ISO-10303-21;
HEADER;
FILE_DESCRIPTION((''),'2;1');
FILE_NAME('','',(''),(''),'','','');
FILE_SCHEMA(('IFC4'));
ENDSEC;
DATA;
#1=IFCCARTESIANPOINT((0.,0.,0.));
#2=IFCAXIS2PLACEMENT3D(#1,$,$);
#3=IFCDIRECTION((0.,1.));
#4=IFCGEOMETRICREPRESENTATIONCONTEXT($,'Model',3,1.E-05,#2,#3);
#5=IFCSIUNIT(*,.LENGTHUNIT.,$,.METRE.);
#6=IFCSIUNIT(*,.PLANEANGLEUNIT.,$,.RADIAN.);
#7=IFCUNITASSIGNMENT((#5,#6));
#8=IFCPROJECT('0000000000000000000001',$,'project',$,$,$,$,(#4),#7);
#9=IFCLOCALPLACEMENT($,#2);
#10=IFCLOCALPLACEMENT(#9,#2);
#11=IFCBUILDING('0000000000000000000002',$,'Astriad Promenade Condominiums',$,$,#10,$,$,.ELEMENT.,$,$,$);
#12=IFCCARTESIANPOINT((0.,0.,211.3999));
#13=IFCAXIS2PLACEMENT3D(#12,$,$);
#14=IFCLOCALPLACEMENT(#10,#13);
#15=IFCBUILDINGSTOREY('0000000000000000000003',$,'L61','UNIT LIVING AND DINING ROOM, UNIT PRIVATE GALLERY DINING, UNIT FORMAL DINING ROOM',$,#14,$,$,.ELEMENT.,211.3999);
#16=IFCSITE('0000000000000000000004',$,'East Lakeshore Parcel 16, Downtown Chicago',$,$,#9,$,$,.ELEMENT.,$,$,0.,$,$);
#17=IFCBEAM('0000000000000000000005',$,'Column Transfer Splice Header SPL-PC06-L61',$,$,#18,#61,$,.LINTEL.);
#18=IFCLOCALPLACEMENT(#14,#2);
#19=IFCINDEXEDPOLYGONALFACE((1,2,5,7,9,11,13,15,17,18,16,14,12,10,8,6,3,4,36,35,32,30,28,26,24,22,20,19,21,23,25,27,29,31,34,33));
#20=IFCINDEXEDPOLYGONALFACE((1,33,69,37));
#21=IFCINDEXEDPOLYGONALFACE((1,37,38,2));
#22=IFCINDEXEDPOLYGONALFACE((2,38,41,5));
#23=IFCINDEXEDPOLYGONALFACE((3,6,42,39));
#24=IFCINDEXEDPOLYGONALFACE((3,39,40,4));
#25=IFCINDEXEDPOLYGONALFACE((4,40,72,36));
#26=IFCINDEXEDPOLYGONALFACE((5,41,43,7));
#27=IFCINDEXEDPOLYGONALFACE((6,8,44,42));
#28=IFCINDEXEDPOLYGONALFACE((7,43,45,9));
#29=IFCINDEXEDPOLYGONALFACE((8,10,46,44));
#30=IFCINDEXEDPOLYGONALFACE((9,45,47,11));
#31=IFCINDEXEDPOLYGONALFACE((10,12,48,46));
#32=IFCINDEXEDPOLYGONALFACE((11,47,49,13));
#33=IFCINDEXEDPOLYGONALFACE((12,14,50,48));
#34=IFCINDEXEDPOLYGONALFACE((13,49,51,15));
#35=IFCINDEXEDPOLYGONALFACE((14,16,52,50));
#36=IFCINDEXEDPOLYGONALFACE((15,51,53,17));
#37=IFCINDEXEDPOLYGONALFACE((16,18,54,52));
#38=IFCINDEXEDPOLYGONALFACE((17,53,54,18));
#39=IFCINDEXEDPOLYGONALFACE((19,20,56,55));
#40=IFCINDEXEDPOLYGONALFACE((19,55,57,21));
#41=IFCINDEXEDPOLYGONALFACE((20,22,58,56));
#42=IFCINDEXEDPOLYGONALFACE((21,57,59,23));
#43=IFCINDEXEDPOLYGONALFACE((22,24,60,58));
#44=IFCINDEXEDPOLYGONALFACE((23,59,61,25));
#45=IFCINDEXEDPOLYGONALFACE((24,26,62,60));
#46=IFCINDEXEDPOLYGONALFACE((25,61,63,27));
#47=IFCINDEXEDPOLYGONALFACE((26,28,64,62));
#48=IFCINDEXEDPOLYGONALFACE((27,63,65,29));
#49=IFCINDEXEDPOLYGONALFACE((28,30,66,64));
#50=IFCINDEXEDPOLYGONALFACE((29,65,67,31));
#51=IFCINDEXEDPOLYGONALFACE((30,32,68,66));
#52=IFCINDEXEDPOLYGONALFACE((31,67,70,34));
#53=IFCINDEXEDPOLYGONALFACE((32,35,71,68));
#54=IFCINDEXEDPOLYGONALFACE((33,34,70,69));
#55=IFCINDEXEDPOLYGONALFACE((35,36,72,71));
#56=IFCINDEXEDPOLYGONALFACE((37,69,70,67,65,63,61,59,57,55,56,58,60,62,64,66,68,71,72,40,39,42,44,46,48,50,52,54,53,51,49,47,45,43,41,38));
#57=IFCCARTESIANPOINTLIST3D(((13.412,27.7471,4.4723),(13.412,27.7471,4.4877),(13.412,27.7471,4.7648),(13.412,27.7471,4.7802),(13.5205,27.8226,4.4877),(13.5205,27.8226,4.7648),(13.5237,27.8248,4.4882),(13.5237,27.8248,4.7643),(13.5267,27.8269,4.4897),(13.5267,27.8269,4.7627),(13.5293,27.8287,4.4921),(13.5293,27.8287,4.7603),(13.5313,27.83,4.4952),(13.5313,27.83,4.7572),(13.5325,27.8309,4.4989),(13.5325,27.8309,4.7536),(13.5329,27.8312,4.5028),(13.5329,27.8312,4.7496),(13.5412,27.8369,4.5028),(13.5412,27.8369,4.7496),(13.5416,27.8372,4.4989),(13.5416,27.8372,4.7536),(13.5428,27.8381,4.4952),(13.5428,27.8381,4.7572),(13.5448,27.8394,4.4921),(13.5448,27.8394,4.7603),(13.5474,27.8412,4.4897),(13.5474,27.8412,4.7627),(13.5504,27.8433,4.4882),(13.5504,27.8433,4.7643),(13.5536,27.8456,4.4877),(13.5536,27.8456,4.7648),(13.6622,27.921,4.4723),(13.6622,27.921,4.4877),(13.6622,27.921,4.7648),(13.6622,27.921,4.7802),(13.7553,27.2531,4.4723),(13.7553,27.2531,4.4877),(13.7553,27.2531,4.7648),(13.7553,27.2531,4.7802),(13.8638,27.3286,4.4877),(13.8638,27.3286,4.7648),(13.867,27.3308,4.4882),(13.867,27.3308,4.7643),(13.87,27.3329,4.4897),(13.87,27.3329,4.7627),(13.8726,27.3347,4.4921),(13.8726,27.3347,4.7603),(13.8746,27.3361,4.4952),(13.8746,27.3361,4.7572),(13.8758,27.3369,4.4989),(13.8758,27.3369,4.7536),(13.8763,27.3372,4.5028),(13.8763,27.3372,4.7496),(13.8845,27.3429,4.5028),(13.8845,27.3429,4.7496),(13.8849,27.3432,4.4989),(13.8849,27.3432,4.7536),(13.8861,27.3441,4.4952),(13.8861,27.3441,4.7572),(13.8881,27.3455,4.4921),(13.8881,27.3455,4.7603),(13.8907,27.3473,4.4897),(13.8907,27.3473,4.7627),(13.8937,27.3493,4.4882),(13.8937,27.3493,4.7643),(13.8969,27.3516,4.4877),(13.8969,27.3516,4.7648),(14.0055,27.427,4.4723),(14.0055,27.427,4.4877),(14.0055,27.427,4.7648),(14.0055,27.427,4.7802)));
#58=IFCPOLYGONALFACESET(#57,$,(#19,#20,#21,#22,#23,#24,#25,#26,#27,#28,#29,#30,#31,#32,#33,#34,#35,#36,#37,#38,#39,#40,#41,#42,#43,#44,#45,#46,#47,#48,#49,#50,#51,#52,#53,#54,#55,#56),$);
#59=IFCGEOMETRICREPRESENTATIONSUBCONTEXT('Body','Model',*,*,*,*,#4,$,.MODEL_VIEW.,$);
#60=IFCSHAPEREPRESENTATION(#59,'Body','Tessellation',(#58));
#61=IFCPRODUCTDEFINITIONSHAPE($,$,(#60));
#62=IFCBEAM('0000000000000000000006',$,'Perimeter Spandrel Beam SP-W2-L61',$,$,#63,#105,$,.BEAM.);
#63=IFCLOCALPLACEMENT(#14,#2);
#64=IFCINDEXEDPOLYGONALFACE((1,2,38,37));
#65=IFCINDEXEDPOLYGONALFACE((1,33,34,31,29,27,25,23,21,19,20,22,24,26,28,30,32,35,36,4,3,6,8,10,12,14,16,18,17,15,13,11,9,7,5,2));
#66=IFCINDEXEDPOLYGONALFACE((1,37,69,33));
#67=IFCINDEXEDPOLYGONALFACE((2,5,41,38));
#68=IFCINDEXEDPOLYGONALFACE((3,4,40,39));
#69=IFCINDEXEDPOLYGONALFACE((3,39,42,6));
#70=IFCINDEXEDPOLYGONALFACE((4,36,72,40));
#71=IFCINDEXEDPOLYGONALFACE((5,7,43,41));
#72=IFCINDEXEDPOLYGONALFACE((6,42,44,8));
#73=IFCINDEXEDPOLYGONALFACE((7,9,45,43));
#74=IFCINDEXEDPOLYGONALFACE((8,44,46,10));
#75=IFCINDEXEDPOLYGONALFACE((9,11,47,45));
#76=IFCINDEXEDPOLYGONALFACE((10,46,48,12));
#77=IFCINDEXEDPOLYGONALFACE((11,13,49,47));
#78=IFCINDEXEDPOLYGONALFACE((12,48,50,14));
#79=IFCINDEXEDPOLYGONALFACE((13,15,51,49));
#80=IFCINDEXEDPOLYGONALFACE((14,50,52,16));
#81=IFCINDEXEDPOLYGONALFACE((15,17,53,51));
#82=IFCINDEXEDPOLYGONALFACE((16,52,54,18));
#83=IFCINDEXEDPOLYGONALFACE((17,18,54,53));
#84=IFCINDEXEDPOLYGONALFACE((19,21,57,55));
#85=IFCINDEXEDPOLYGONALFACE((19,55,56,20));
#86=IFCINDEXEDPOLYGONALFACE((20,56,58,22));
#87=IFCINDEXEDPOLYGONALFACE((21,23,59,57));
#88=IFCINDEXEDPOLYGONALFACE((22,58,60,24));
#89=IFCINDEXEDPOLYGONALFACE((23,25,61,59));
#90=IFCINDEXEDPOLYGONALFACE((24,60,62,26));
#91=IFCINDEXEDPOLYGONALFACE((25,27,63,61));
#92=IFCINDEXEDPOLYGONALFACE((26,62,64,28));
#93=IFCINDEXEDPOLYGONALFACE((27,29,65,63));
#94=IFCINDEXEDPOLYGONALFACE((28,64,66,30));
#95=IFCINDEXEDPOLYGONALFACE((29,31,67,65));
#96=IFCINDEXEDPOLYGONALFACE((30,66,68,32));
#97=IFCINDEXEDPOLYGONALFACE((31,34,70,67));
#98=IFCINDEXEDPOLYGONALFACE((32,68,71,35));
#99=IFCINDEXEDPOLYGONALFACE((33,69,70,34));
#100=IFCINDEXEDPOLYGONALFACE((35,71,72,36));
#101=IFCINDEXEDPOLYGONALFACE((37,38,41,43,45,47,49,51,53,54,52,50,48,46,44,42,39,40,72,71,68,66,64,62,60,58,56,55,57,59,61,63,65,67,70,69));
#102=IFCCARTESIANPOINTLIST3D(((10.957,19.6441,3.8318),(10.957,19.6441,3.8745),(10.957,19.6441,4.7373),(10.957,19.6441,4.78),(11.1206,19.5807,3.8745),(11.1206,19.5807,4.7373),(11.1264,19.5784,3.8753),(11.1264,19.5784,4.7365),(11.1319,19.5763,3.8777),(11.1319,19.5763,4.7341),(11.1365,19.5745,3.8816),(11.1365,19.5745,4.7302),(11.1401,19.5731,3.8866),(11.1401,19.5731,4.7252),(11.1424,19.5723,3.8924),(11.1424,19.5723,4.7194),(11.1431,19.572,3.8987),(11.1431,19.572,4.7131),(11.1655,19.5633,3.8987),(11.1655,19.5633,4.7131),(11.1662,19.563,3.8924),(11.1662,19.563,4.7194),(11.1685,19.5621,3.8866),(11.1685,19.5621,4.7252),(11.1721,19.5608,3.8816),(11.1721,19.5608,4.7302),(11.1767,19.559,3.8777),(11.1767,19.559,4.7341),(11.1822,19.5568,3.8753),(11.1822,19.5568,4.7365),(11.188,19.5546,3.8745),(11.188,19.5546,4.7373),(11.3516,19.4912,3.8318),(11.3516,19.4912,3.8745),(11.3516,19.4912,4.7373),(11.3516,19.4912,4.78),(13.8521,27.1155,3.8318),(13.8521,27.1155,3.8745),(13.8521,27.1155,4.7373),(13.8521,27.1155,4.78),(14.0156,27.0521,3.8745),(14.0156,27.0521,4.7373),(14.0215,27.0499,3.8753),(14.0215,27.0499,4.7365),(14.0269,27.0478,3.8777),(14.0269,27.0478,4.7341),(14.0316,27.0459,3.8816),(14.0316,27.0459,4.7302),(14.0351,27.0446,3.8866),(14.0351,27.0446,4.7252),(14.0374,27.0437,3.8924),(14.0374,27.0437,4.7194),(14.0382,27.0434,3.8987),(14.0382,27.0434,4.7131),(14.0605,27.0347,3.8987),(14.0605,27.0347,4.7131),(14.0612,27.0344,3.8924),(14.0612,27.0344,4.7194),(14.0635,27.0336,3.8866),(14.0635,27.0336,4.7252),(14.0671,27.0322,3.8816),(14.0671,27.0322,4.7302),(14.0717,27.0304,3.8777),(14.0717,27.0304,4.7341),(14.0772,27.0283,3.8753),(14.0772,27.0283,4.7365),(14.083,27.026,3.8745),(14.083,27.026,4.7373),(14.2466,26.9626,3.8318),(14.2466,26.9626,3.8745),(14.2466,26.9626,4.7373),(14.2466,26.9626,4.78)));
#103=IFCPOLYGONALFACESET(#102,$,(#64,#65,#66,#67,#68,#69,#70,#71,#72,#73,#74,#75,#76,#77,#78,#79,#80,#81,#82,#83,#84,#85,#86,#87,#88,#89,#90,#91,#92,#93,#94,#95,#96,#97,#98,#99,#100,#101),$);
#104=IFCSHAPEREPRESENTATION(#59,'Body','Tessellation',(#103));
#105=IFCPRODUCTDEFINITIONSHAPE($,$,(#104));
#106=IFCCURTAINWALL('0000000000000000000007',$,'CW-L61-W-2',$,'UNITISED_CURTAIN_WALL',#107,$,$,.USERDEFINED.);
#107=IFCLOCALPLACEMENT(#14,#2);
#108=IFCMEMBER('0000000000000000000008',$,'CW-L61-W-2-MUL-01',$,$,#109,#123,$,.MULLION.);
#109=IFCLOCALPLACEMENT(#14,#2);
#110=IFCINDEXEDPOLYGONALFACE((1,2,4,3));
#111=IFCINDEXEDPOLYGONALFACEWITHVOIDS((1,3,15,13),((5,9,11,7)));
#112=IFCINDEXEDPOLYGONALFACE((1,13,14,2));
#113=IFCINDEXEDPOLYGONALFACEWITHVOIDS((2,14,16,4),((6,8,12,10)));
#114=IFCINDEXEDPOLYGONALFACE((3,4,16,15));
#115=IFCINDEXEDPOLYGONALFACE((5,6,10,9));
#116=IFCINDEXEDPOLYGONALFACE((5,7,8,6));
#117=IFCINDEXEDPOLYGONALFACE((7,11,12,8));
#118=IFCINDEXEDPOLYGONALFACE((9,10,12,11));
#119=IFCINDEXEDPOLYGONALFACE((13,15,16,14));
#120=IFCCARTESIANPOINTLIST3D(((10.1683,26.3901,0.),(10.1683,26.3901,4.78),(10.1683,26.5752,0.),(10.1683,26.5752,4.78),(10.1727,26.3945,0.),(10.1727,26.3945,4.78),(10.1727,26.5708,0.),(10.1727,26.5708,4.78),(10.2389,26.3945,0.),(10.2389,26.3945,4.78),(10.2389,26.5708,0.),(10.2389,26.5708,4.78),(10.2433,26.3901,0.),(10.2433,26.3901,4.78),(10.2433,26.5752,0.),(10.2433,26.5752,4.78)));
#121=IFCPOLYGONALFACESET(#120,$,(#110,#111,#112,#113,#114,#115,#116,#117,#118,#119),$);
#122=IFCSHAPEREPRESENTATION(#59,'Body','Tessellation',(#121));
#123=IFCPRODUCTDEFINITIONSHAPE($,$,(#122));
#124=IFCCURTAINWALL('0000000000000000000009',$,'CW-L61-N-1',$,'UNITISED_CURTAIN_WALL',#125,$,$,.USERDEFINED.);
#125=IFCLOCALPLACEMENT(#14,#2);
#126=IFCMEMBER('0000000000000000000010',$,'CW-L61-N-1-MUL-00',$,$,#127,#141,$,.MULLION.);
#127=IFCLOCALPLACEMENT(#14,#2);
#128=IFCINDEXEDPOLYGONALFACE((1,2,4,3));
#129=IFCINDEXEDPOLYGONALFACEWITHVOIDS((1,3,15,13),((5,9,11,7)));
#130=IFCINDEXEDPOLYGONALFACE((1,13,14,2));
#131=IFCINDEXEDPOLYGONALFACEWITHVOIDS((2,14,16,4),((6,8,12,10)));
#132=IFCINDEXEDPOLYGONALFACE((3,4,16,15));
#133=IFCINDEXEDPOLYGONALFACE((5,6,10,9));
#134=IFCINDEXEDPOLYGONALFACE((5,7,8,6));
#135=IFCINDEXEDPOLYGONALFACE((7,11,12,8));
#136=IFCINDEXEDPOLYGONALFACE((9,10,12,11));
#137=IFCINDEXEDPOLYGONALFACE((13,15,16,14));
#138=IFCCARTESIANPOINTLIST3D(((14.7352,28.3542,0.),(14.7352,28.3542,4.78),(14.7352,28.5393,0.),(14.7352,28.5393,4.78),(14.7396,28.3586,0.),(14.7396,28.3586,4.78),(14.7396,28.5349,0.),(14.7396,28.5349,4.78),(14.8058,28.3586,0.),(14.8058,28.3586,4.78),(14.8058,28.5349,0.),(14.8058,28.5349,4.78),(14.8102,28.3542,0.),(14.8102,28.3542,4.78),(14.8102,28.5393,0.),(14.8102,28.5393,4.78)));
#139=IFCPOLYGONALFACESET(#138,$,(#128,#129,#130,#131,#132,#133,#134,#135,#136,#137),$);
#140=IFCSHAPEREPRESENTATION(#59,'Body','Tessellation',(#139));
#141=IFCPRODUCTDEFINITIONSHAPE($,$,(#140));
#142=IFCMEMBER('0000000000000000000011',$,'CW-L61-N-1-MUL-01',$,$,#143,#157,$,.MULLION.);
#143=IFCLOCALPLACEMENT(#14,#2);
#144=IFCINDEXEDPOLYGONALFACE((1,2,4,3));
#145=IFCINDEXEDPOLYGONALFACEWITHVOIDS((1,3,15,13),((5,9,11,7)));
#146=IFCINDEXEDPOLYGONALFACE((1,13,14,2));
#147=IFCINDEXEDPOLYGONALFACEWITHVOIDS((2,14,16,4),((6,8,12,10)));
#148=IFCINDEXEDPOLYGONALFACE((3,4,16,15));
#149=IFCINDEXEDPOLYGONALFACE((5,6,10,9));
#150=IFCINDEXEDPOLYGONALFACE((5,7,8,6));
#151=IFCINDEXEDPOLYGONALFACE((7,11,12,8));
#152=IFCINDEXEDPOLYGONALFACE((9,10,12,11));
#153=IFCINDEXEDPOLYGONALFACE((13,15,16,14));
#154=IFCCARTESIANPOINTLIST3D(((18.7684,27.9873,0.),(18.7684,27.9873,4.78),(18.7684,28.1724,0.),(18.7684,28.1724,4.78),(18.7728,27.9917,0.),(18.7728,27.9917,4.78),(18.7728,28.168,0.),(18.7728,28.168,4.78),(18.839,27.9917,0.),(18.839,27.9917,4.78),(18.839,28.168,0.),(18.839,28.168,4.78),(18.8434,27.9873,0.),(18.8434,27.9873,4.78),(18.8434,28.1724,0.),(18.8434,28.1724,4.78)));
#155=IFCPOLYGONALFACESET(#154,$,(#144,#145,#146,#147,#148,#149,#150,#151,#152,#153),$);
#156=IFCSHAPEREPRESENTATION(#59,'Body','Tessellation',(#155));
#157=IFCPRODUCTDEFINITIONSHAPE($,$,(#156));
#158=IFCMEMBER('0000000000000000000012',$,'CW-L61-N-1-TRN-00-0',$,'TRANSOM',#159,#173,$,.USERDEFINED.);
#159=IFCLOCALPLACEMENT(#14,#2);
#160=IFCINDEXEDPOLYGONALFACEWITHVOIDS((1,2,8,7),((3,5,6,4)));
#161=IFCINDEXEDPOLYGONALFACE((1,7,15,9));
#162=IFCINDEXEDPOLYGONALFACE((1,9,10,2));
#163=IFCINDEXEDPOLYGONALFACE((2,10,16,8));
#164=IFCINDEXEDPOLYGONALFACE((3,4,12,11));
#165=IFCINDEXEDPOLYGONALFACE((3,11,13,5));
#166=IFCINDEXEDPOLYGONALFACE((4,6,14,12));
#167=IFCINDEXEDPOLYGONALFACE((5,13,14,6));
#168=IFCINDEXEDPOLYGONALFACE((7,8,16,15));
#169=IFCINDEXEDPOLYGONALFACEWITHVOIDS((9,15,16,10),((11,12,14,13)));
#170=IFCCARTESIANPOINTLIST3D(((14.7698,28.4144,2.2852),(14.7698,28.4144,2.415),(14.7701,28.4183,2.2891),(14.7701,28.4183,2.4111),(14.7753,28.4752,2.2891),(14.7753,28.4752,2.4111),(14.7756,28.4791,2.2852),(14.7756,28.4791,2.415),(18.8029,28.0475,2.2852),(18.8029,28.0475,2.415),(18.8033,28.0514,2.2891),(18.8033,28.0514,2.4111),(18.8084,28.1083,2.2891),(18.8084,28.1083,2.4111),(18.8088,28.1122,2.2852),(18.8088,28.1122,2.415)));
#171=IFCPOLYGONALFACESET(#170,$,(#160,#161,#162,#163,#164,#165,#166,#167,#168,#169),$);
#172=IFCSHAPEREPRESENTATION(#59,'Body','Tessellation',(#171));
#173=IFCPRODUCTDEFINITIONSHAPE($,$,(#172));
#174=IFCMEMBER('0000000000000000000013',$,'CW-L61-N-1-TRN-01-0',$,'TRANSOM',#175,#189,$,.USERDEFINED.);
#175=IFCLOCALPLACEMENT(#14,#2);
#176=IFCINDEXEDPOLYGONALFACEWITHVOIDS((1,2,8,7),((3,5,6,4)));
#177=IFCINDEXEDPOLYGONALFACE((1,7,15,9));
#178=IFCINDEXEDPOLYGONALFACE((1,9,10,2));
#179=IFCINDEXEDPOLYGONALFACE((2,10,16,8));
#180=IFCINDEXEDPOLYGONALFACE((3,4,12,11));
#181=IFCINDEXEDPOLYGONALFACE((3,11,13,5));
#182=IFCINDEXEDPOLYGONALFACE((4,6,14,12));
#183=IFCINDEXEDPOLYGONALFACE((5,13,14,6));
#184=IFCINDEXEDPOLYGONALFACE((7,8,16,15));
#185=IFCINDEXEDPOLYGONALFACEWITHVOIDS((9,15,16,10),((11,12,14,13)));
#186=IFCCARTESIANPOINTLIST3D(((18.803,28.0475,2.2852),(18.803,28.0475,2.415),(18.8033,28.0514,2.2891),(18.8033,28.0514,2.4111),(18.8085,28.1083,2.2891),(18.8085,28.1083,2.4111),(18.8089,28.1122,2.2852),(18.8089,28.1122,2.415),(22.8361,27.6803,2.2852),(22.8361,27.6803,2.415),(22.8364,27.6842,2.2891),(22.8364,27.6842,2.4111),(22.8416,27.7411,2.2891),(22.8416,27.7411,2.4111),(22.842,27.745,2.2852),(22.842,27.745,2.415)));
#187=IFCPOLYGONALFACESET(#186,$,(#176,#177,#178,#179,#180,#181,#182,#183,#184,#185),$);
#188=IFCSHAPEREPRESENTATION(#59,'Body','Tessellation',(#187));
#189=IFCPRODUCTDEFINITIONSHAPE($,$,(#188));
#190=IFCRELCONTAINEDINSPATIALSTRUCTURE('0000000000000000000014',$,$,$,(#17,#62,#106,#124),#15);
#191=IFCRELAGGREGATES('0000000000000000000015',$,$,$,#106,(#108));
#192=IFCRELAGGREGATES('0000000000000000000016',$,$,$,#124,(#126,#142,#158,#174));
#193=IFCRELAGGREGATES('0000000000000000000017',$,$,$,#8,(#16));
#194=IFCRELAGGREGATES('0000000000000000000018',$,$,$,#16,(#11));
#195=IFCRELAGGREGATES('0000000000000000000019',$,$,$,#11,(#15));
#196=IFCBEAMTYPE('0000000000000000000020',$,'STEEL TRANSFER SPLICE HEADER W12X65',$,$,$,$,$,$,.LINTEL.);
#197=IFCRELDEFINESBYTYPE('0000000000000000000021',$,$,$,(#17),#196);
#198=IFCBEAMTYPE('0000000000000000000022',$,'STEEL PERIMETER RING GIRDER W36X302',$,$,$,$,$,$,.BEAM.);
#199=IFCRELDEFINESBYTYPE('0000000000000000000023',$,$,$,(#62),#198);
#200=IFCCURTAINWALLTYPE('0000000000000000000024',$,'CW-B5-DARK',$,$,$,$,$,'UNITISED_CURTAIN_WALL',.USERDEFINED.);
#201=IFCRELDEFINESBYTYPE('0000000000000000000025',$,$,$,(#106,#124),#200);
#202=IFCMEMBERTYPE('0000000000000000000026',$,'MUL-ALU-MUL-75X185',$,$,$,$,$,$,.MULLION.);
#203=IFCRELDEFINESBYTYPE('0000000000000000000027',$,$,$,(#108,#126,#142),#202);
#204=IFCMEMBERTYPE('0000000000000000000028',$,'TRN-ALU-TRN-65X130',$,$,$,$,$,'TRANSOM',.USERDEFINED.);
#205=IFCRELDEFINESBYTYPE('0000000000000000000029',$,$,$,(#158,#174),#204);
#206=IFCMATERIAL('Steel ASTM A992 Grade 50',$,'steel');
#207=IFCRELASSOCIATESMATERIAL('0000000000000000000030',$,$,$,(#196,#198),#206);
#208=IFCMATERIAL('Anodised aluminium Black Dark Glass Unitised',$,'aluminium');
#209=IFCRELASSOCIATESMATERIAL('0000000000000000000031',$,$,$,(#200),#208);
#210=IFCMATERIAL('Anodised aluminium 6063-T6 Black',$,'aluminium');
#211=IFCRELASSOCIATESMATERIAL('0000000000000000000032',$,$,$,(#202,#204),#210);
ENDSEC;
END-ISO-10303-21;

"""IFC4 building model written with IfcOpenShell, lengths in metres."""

from ifc_helpers import new_model, si_unit, direction, frame, origin, origin_2d, place, context, subcontext, project, spatial, hollow_rectangle, i_section, extrude, source, transform, mapped, material, material_profile, profile_set, type_object, type_shapes, element, aggregate, save


model = new_model("IFC4")

# Units and contexts
model_context = context("Model", 3, precision=1e-05, world=origin(), true_north=direction((0.0, 1.0)))
body_context = subcontext(model_context, "Body", "Model", "MODEL_VIEW")
ifc_project = project(units=[si_unit("LENGTHUNIT", "METRE"), si_unit("PLANEANGLEUNIT", "RADIAN")], contexts=[model_context])

# Site, building, storey
site_placement = place(None, origin())
site = spatial("IfcSite", under=ifc_project, at=site_placement, Name="East Lakeshore Parcel 16, Downtown Chicago", CompositionType="ELEMENT", RefElevation=0.0)
building_placement = place(site_placement, origin())
building = spatial("IfcBuilding", under=site, at=building_placement, Name="Astriad Promenade Condominiums", CompositionType="ELEMENT")
storey_placement = place(building_placement, frame((0.0, 0.0, 211.3999)))
storey = spatial("IfcBuildingStorey", under=building, at=storey_placement, Name="L61", Description="UNIT LIVING AND DINING ROOM, UNIT PRIVATE GALLERY DINING, UNIT FORMAL DINING ROOM", CompositionType="ELEMENT", Elevation=211.3999)

# Beams
ifc_material_1 = material(Name="Steel ASTM A992 Grade 50", Category="steel")
ifc_material_profile_1 = material_profile(ifc_material_1, i_section(OverallWidth=0.3047, OverallDepth=0.3079, WebThickness=0.01, FlangeThickness=0.0154, FilletRadius=0.0151, at=origin_2d()), Name="W12X65")
ifc_profile_set_1 = profile_set([ifc_material_profile_1], Name="Steel ASTM A992 Grade 50")
beam_type_1 = type_object("IfcBeamType", Name="STEEL TRANSFER SPLICE HEADER W12X65", PredefinedType="LINTEL", material=ifc_profile_set_1)
shared_shape_1 = source(origin(), body_context, "Body", "SweptSolid", [
    extrude(i_section(OverallWidth=0.3047, OverallDepth=0.3079, WebThickness=0.01, FlangeThickness=0.0154, FilletRadius=0.0151, at=origin_2d()), origin(), (0.0, 0.0, 1.0), 0.6016),
])
type_shapes(beam_type_1, [shared_shape_1])
beam_1_placement = place(storey_placement, frame((13.8804, 27.3401, 4.6262), z_axis=(-0.570708, 0.821153, 0.0), x_axis=(-0.821153, -0.570708, 0.0)))
element("IfcBeam", 1, at=beam_1_placement, inside=storey, type_object=beam_type_1, Name="Column Transfer Splice Header SPL-PC06-L61", PredefinedType="LINTEL", context=body_context, shape_type="MappedRepresentation", body=[
    mapped(shared_shape_1, transform((0.0, 0.0, 0.0), scale=1.0)),
])
ifc_material_profile_2 = material_profile(ifc_material_1, i_section(OverallWidth=0.4231, OverallDepth=0.9482, WebThickness=0.0239, FlangeThickness=0.0427, FilletRadius=0.0242, at=origin_2d()), Name="W36X302")
ifc_profile_set_2 = profile_set([ifc_material_profile_2], Name="Steel ASTM A992 Grade 50")
beam_type_2 = type_object("IfcBeamType", Name="STEEL PERIMETER RING GIRDER W36X302", PredefinedType="BEAM", material=ifc_profile_set_2)
shared_shape_2 = source(origin(), body_context, "Body", "SweptSolid", [
    extrude(i_section(OverallWidth=0.4231, OverallDepth=0.9482, WebThickness=0.0239, FlangeThickness=0.0427, FilletRadius=0.0242, at=origin_2d()), origin(), (0.0, 0.0, 1.0), 8.0127),
])
type_shapes(beam_type_2, [shared_shape_2])
beam_2_placement = place(storey_placement, frame((14.0493, 27.0391, 4.3059), z_axis=(-0.361304, -0.932448, 0.0), x_axis=(0.932448, -0.361304, 0.0)))
element("IfcBeam", 2, at=beam_2_placement, inside=storey, type_object=beam_type_2, Name="Perimeter Spandrel Beam SP-W2-L61", PredefinedType="BEAM", context=body_context, shape_type="MappedRepresentation", body=[
    mapped(shared_shape_2, transform((0.0, 0.0, 0.0), scale=1.0)),
])

# Curtain wall, member
ifc_material_2 = material(Name="Anodised aluminium Black Dark Glass Unitised", Category="aluminium")
curtain_wall_type = type_object("IfcCurtainWallType", Name="CW-B5-DARK", ElementType="UNITISED_CURTAIN_WALL", PredefinedType="USERDEFINED", material=ifc_material_2)
curtain_wall_1_placement = place(storey_placement, origin())
curtain_wall_1 = element("IfcCurtainWall", 3, at=curtain_wall_1_placement, inside=storey, type_object=curtain_wall_type, Name="CW-L61-W-2", ObjectType="UNITISED_CURTAIN_WALL", PredefinedType="USERDEFINED")
ifc_material_3 = material(Name="Anodised aluminium 6063-T6 Black", Category="aluminium")
ifc_material_profile_3 = material_profile(ifc_material_3, hollow_rectangle(XDim=0.075, YDim=0.1851, WallThickness=0.0044, at=origin_2d()), Name="ALU-MUL-75X185")
ifc_profile_set_3 = profile_set([ifc_material_profile_3], Name="Anodised aluminium 6063-T6 Black")
member_type_1 = type_object("IfcMemberType", Name="MUL-ALU-MUL-75X185", PredefinedType="MULLION", material=ifc_profile_set_3)
shared_shape_3 = source(origin(), body_context, "Body", "SweptSolid", [
    extrude(hollow_rectangle(XDim=0.075, YDim=0.1851, WallThickness=0.0044, at=origin_2d()), origin(), (0.0, 0.0, 1.0), 4.78),
])
type_shapes(member_type_1, [shared_shape_3])
member_1_placement = place(storey_placement, frame((10.2058, 26.4827, 0.0), z_axis=(0.0, 0.0, 1.0), x_axis=(1.0, 0.0, 0.0)))
member_1 = element("IfcMember", 4, at=member_1_placement, type_object=member_type_1, Name="CW-L61-W-2-MUL-01", PredefinedType="MULLION", context=body_context, shape_type="MappedRepresentation", body=[
    mapped(shared_shape_3, transform((0.0, 0.0, 0.0), scale=1.0)),
])

# Curtain wall, members
curtain_wall_2_placement = place(storey_placement, origin())
curtain_wall_2 = element("IfcCurtainWall", 5, at=curtain_wall_2_placement, inside=storey, type_object=curtain_wall_type, Name="CW-L61-N-1", ObjectType="UNITISED_CURTAIN_WALL", PredefinedType="USERDEFINED")
member_2_placement = place(storey_placement, frame((14.7727, 28.4468, 0.0), z_axis=(0.0, 0.0, 1.0), x_axis=(1.0, 0.0, 0.0)))
member_2 = element("IfcMember", 6, at=member_2_placement, type_object=member_type_1, Name="CW-L61-N-1-MUL-00", PredefinedType="MULLION", context=body_context, shape_type="MappedRepresentation", body=[
    mapped(shared_shape_3, transform((0.0, 0.0, 0.0), scale=1.0)),
])
member_3_placement = place(storey_placement, frame((18.8059, 28.0798, 0.0), z_axis=(0.0, 0.0, 1.0), x_axis=(1.0, 0.0, 0.0)))
member_3 = element("IfcMember", 7, at=member_3_placement, type_object=member_type_1, Name="CW-L61-N-1-MUL-01", PredefinedType="MULLION", context=body_context, shape_type="MappedRepresentation", body=[
    mapped(shared_shape_3, transform((0.0, 0.0, 0.0), scale=1.0)),
])
ifc_material_profile_4 = material_profile(ifc_material_3, hollow_rectangle(XDim=0.0649, YDim=0.1299, WallThickness=0.0039, at=origin_2d()), Name="ALU-TRN-65X130")
ifc_profile_set_4 = profile_set([ifc_material_profile_4], Name="Anodised aluminium 6063-T6 Black")
member_type_2 = type_object("IfcMemberType", Name="TRN-ALU-TRN-65X130", ElementType="TRANSOM", PredefinedType="USERDEFINED", material=ifc_profile_set_4)
shared_shape_4 = source(origin(), body_context, "Body", "SweptSolid", [
    extrude(hollow_rectangle(XDim=0.0649, YDim=0.1299, WallThickness=0.0039, at=origin_2d()), origin(), (0.0, 0.0, 1.0), 4.0498),
])
type_shapes(member_type_2, [shared_shape_4])
member_4_placement = place(storey_placement, frame((14.7727, 28.4468, 2.3501), z_axis=(0.995887, -0.090606, 0.0), x_axis=(0.090606, 0.995887, 0.0)))
member_4 = element("IfcMember", 8, at=member_4_placement, type_object=member_type_2, Name="CW-L61-N-1-TRN-00-0", ObjectType="TRANSOM", PredefinedType="USERDEFINED", context=body_context, shape_type="MappedRepresentation", body=[
    mapped(shared_shape_4, transform((0.0, 0.0, 0.0), scale=1.0)),
])
member_5_placement = place(storey_placement, frame((18.8059, 28.0798, 2.3501), z_axis=(0.995881, -0.090666, 0.0), x_axis=(0.090666, 0.995881, 0.0)))
member_5 = element("IfcMember", 9, at=member_5_placement, type_object=member_type_2, Name="CW-L61-N-1-TRN-01-0", ObjectType="TRANSOM", PredefinedType="USERDEFINED", context=body_context, shape_type="MappedRepresentation", body=[
    mapped(shared_shape_4, transform((0.0, 0.0, 0.0), scale=1.0)),
])

aggregate(curtain_wall_1, [member_1])
aggregate(curtain_wall_2, [member_2, member_3, member_4, member_5])

save(model, "model.ifc")
